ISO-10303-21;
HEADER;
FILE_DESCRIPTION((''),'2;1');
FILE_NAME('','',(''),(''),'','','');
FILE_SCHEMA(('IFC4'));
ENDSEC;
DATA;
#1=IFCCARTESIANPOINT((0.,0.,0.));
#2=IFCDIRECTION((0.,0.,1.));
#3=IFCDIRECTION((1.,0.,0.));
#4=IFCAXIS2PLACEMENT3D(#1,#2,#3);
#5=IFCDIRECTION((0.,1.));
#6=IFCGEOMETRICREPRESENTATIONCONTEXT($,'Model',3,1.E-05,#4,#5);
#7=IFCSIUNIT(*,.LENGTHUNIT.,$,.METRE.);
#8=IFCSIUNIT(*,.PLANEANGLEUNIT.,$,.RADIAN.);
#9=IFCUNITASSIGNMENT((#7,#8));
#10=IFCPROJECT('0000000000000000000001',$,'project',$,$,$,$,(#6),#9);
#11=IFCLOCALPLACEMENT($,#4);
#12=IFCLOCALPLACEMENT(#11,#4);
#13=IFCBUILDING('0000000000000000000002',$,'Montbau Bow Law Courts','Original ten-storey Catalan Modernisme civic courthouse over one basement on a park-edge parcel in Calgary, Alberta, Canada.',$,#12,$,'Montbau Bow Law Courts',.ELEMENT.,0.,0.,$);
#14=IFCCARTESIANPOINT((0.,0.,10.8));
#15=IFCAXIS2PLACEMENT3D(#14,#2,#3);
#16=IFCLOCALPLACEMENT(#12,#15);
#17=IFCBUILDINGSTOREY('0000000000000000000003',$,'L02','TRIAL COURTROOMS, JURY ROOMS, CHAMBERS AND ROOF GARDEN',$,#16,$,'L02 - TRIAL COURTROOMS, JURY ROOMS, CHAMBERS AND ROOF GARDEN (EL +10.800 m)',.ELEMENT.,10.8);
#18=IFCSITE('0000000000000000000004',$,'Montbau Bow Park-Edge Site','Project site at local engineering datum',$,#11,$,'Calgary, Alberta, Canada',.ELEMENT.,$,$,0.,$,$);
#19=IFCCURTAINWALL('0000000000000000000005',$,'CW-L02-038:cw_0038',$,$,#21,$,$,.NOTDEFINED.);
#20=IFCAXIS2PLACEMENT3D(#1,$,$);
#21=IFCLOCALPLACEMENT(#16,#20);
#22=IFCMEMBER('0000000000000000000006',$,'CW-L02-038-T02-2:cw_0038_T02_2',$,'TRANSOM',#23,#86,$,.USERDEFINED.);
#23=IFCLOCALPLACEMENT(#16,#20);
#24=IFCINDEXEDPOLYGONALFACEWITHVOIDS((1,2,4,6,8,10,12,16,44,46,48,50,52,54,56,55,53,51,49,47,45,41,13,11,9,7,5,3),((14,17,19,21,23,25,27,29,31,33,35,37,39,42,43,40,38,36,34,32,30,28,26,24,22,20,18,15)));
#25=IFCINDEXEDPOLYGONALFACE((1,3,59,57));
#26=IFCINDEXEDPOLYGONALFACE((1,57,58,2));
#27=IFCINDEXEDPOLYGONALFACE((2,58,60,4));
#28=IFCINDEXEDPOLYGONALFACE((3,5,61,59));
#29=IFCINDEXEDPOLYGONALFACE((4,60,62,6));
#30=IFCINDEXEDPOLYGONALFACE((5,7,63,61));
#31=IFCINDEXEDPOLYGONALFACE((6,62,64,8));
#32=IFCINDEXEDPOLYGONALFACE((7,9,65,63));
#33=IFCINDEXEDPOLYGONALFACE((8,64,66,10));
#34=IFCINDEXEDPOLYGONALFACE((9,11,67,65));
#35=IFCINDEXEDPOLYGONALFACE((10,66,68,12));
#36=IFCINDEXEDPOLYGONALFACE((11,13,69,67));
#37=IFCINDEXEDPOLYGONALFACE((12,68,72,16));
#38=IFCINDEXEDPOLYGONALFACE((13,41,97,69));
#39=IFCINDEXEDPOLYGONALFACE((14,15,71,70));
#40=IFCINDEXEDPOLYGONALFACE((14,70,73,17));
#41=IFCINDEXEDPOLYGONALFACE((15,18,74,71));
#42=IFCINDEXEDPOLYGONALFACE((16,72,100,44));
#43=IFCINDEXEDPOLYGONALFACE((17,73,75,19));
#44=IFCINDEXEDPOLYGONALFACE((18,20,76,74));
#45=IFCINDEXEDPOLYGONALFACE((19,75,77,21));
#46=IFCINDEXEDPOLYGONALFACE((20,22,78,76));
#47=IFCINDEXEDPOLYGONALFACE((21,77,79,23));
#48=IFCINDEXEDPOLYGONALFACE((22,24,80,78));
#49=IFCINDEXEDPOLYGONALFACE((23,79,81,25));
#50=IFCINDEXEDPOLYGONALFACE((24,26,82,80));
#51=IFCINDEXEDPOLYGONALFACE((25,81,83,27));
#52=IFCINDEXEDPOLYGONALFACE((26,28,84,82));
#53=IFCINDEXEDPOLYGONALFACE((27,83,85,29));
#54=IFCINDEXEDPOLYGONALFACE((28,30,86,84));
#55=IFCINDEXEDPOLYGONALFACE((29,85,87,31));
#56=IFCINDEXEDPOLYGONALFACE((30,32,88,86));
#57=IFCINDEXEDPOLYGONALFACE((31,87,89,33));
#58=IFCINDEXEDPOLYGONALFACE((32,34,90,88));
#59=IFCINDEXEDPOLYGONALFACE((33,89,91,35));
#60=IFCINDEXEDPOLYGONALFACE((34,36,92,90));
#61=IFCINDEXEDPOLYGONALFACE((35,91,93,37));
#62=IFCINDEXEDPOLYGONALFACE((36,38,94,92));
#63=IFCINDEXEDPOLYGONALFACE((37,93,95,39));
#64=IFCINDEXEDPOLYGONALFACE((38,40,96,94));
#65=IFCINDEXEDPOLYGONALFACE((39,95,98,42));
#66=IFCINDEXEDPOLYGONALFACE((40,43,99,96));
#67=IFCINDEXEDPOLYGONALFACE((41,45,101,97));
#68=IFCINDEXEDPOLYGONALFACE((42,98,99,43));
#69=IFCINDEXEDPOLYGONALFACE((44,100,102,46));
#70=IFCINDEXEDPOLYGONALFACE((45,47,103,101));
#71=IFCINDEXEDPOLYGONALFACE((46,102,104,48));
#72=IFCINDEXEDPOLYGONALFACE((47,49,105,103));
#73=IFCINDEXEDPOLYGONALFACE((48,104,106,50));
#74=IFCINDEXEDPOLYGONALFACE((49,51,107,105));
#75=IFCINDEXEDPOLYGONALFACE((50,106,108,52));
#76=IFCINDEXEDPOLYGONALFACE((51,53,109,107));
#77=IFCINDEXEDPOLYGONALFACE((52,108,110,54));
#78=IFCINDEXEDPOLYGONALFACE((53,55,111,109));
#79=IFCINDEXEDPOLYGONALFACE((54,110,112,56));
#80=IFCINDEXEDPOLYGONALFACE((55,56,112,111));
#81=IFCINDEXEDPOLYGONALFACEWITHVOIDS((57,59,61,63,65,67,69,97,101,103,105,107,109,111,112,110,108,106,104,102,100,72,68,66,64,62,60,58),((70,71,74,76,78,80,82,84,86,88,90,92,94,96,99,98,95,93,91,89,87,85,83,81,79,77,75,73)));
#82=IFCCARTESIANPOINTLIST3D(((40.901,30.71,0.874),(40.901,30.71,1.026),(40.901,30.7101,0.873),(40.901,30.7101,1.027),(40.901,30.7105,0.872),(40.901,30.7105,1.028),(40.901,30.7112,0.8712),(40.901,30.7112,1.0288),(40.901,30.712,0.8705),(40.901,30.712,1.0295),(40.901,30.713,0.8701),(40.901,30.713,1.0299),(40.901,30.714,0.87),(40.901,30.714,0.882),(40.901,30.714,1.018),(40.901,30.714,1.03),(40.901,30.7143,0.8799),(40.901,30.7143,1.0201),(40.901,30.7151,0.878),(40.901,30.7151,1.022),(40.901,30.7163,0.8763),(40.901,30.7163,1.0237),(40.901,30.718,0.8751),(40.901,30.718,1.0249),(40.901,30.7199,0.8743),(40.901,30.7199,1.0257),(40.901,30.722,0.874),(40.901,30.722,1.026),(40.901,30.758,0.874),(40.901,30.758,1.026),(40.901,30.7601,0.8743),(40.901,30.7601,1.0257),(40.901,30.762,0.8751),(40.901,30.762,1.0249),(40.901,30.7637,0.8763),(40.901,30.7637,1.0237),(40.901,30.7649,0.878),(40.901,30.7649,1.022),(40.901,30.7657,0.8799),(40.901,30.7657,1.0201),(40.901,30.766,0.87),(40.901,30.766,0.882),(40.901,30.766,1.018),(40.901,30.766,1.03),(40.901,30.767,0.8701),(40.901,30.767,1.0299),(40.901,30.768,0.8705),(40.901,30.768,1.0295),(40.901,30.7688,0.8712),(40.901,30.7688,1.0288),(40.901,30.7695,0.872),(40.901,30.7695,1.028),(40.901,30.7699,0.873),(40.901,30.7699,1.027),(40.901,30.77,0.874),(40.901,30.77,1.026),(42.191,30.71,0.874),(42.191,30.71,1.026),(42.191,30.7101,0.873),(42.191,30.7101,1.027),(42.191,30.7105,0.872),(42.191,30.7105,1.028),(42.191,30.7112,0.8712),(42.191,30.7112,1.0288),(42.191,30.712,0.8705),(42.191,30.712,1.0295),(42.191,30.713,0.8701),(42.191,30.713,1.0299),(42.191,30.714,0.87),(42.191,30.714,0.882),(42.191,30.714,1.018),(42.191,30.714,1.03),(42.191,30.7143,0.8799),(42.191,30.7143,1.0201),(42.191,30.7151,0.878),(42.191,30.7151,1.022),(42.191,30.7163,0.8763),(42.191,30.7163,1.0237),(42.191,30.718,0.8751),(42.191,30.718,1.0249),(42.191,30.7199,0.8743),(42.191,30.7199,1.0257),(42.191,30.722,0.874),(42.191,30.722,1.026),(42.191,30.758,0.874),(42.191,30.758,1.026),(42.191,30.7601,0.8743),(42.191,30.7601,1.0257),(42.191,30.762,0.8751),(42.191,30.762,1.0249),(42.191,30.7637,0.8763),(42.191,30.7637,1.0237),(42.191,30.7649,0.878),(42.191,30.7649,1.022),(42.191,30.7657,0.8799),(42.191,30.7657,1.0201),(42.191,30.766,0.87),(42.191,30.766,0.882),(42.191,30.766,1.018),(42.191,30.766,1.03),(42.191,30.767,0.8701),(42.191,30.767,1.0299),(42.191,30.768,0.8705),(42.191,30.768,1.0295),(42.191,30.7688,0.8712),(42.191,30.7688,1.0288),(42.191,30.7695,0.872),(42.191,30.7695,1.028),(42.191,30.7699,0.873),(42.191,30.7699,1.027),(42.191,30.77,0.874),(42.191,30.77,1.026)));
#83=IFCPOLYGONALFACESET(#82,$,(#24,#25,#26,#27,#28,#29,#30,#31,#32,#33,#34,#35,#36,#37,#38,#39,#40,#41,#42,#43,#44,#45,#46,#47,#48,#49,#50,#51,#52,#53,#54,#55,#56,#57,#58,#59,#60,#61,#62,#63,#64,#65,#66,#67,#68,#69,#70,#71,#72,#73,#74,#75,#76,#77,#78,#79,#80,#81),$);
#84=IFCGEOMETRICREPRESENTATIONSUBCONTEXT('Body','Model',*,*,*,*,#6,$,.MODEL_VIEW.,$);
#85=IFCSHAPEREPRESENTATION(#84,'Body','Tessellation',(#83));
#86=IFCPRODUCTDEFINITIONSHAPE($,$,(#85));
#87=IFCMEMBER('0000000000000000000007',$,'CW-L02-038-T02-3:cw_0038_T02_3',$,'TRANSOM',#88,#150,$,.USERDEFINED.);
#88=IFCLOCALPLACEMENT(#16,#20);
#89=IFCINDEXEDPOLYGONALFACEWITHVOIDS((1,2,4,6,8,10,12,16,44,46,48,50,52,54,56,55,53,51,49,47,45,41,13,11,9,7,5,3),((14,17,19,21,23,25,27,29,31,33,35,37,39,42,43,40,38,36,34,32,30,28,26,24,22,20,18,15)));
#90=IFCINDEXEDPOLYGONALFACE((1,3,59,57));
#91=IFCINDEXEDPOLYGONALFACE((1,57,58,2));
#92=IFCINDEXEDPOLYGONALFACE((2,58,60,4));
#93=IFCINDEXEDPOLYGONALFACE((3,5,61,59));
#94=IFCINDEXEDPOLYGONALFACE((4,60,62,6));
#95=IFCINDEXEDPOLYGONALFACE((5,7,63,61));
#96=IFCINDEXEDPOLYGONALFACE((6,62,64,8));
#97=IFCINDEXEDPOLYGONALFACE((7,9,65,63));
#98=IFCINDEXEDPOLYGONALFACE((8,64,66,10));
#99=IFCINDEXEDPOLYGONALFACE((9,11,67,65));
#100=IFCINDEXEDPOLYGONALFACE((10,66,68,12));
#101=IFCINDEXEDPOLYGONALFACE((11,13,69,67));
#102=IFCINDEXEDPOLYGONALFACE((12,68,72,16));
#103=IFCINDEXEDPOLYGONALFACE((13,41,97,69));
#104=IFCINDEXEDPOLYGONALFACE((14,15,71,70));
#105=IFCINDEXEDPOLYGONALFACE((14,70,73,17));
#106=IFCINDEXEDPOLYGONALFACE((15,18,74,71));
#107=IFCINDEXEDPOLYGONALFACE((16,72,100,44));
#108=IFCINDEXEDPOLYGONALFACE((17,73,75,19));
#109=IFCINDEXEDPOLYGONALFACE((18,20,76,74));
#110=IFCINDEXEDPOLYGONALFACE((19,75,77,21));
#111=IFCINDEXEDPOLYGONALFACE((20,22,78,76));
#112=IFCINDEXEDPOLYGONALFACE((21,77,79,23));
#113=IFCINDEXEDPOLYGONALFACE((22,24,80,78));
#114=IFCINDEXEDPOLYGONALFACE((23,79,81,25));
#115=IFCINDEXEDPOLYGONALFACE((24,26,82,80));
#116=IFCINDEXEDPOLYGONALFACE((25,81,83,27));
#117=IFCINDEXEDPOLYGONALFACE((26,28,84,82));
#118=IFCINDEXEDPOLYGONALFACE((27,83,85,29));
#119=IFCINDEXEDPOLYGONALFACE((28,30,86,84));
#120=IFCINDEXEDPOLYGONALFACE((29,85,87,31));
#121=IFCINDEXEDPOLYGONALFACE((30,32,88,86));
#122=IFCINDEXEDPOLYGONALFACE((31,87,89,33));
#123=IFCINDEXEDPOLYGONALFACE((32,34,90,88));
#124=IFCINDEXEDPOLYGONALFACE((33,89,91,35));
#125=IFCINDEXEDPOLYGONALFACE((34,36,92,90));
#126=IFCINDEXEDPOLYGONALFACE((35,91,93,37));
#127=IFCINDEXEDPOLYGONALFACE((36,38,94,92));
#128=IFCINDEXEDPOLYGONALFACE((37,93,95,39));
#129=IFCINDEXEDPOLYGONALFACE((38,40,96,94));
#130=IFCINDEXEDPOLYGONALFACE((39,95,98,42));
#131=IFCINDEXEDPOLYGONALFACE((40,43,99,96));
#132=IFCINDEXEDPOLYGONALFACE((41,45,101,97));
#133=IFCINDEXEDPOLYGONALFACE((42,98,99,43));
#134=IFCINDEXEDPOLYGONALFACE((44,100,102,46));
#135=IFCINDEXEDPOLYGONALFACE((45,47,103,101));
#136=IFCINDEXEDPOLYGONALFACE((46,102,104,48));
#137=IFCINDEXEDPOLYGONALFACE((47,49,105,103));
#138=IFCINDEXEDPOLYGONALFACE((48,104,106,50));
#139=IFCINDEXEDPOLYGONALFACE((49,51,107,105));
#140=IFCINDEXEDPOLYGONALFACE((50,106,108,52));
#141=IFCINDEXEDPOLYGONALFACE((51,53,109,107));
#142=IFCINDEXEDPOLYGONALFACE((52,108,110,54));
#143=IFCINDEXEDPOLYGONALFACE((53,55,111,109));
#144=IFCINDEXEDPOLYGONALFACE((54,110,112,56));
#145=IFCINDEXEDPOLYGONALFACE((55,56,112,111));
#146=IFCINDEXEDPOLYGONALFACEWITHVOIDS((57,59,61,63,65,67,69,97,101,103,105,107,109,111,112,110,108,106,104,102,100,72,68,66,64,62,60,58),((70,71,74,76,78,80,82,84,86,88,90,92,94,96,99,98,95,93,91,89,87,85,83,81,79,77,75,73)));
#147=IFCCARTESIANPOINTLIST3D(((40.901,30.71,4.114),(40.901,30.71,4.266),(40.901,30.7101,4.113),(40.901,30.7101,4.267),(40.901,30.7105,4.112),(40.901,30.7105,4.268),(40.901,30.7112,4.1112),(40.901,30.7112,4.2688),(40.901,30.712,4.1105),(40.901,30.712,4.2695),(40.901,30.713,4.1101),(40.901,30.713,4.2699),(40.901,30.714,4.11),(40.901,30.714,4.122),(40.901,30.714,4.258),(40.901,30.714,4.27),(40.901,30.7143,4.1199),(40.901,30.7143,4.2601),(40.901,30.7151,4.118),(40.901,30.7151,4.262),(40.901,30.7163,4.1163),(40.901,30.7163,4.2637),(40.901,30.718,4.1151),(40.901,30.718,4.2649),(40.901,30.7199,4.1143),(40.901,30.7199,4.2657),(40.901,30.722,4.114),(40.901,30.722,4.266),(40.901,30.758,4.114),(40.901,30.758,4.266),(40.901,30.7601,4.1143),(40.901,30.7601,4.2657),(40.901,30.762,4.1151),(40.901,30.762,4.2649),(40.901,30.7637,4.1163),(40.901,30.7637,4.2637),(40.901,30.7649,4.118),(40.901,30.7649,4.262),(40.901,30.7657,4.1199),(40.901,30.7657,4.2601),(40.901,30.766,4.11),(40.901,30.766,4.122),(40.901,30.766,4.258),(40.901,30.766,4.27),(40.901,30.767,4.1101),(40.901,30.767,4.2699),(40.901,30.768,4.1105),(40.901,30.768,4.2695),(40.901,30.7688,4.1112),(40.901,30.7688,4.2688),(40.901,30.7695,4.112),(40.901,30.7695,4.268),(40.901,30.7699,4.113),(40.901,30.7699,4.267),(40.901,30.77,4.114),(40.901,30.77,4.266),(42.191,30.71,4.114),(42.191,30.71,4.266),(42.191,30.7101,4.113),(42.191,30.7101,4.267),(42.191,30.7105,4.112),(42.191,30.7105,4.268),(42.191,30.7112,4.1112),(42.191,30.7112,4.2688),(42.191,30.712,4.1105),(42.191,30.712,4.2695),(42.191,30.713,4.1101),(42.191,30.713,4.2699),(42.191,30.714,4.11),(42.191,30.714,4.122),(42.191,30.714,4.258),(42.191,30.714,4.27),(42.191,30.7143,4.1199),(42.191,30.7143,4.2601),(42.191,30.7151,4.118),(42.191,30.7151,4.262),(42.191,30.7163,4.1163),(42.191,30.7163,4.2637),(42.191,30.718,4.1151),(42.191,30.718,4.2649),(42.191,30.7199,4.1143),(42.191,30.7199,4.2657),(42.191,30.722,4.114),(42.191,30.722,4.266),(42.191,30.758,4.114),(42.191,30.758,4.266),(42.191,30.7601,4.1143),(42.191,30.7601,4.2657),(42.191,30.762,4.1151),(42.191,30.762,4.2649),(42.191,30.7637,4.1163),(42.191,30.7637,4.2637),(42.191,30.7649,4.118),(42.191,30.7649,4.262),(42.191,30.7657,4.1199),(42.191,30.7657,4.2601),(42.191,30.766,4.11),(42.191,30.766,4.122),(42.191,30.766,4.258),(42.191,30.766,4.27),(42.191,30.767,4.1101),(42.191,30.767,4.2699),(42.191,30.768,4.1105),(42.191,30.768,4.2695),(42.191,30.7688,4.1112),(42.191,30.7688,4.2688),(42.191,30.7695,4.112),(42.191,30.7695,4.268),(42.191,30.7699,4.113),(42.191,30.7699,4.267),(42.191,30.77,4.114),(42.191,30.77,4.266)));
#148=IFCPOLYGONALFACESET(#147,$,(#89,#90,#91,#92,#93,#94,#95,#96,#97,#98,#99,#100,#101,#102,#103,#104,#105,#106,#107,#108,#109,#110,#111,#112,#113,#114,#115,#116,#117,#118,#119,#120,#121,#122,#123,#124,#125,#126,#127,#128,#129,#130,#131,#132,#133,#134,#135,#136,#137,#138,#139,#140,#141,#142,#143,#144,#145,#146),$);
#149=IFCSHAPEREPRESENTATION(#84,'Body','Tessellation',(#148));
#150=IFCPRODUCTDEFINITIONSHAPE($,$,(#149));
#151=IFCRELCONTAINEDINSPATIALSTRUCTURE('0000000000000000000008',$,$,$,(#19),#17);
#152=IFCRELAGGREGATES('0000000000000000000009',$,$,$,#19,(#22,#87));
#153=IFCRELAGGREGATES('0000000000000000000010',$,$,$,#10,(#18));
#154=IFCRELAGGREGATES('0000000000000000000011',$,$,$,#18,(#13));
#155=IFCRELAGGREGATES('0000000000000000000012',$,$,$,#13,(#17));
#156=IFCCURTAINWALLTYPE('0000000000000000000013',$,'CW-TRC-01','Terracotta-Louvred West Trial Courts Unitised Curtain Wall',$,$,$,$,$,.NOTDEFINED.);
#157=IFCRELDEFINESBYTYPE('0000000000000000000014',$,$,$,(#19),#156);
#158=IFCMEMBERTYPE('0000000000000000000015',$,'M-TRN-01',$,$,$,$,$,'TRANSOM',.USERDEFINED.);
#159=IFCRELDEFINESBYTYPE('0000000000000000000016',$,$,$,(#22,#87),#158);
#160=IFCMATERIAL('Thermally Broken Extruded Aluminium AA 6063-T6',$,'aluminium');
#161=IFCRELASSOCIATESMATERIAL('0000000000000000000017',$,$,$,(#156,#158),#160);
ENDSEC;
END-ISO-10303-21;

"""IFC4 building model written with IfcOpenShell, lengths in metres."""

from ifc_helpers import new_model, si_unit, direction, frame, origin_with_axes, origin_2d_with_axis, place, context, subcontext, project, spatial, hollow_rectangle, extrude, material, material_profile, profile_set, type_object, element, aggregate, save


model = new_model("IFC4")

# Units and contexts
model_context = context("Model", 3, precision=1e-05, world=origin_with_axes(), true_north=direction((0.0, 1.0)))
body_context = subcontext(model_context, "Body", "Model", "MODEL_VIEW")
ifc_project = project(units=[si_unit("LENGTHUNIT", "METRE"), si_unit("PLANEANGLEUNIT", "RADIAN")], contexts=[model_context])

# Site, building, storey
site_placement = place(None, origin_with_axes())
site = spatial("IfcSite", under=ifc_project, at=site_placement, Name="Montbau Bow Park-Edge Site", Description="Project site at local engineering datum", LongName="Calgary, Alberta, Canada", CompositionType="ELEMENT", RefElevation=0.0)
building_placement = place(site_placement, origin_with_axes())
building = spatial("IfcBuilding", under=site, at=building_placement, Name="Montbau Bow Law Courts", Description="Original ten-storey Catalan Modernisme civic courthouse over one basement on a park-edge parcel in Calgary, Alberta, Canada.", LongName="Montbau Bow Law Courts", CompositionType="ELEMENT", ElevationOfRefHeight=0.0, ElevationOfTerrain=0.0)
storey_placement = place(building_placement, frame((0.0, 0.0, 10.8), z_axis=(0.0, 0.0, 1.0), x_axis=(1.0, 0.0, 0.0)))
storey = spatial("IfcBuildingStorey", under=building, at=storey_placement, Name="L02", Description="TRIAL COURTROOMS, JURY ROOMS, CHAMBERS AND ROOF GARDEN", LongName="L02 - TRIAL COURTROOMS, JURY ROOMS, CHAMBERS AND ROOF GARDEN (EL +10.800 m)", CompositionType="ELEMENT", Elevation=10.8)

# Curtain wall, members
ifc_material_1 = material(Name="Thermally Broken Extruded Aluminium AA 6063-T6", Category="aluminium")
curtain_wall_type = type_object("IfcCurtainWallType", Name="CW-TRC-01", Description="Terracotta-Louvred West Trial Courts Unitised Curtain Wall", PredefinedType="NOTDEFINED", material=ifc_material_1)
curtain_wall_placement = place(None, frame((39.515, 30.74, 10.8), z_axis=(0.0, 0.0, 1.0), x_axis=(1.0, 0.0, 0.0)))
curtain_wall = element("IfcCurtainWall", 1, at=curtain_wall_placement, inside=storey, type_object=curtain_wall_type, Name="CW-L02-038:cw_0038", PredefinedType="NOTDEFINED")
ifc_material_profile_1 = material_profile(ifc_material_1, hollow_rectangle(XDim=0.06, YDim=0.16, WallThickness=0.004, InnerFilletRadius=0.008, OuterFilletRadius=0.004, at=origin_2d_with_axis()), Name="CWT-160X60", Category="Main", Priority=0)
ifc_profile_set_1 = profile_set([ifc_material_profile_1], Name="Thermally Broken Extruded Aluminium AA 6063-T6")
member_type_1 = type_object("IfcMemberType", Name="M-TRN-01", ElementType="TRANSOM", PredefinedType="USERDEFINED", material=ifc_profile_set_1)
member_1_placement = place(None, frame((40.901, 30.74, 11.75), z_axis=(1.0, 0.0, 0.0), x_axis=(0.0, 1.0, 0.0)))
member_1 = element("IfcMember", 2, at=member_1_placement, type_object=member_type_1, Name="CW-L02-038-T02-2:cw_0038_T02_2", ObjectType="TRANSOM", PredefinedType="USERDEFINED", context=body_context, shape_type="SweptSolid", body=[
    extrude(hollow_rectangle(XDim=0.06, YDim=0.16, WallThickness=0.004, InnerFilletRadius=0.008, OuterFilletRadius=0.004, at=origin_2d_with_axis()), origin_with_axes(), (0.0, 0.0, 1.0), 1.29),
])
member_2_placement = place(None, frame((40.901, 30.74, 14.99), z_axis=(1.0, 0.0, 0.0), x_axis=(0.0, 1.0, 0.0)))
member_2 = element("IfcMember", 3, at=member_2_placement, type_object=member_type_1, Name="CW-L02-038-T02-3:cw_0038_T02_3", ObjectType="TRANSOM", PredefinedType="USERDEFINED", context=body_context, shape_type="SweptSolid", body=[
    extrude(hollow_rectangle(XDim=0.06, YDim=0.16, WallThickness=0.004, InnerFilletRadius=0.008, OuterFilletRadius=0.004, at=origin_2d_with_axis()), origin_with_axes(), (0.0, 0.0, 1.0), 1.29),
])
aggregate(curtain_wall, [member_1, member_2])

save(model, "model.ifc")
